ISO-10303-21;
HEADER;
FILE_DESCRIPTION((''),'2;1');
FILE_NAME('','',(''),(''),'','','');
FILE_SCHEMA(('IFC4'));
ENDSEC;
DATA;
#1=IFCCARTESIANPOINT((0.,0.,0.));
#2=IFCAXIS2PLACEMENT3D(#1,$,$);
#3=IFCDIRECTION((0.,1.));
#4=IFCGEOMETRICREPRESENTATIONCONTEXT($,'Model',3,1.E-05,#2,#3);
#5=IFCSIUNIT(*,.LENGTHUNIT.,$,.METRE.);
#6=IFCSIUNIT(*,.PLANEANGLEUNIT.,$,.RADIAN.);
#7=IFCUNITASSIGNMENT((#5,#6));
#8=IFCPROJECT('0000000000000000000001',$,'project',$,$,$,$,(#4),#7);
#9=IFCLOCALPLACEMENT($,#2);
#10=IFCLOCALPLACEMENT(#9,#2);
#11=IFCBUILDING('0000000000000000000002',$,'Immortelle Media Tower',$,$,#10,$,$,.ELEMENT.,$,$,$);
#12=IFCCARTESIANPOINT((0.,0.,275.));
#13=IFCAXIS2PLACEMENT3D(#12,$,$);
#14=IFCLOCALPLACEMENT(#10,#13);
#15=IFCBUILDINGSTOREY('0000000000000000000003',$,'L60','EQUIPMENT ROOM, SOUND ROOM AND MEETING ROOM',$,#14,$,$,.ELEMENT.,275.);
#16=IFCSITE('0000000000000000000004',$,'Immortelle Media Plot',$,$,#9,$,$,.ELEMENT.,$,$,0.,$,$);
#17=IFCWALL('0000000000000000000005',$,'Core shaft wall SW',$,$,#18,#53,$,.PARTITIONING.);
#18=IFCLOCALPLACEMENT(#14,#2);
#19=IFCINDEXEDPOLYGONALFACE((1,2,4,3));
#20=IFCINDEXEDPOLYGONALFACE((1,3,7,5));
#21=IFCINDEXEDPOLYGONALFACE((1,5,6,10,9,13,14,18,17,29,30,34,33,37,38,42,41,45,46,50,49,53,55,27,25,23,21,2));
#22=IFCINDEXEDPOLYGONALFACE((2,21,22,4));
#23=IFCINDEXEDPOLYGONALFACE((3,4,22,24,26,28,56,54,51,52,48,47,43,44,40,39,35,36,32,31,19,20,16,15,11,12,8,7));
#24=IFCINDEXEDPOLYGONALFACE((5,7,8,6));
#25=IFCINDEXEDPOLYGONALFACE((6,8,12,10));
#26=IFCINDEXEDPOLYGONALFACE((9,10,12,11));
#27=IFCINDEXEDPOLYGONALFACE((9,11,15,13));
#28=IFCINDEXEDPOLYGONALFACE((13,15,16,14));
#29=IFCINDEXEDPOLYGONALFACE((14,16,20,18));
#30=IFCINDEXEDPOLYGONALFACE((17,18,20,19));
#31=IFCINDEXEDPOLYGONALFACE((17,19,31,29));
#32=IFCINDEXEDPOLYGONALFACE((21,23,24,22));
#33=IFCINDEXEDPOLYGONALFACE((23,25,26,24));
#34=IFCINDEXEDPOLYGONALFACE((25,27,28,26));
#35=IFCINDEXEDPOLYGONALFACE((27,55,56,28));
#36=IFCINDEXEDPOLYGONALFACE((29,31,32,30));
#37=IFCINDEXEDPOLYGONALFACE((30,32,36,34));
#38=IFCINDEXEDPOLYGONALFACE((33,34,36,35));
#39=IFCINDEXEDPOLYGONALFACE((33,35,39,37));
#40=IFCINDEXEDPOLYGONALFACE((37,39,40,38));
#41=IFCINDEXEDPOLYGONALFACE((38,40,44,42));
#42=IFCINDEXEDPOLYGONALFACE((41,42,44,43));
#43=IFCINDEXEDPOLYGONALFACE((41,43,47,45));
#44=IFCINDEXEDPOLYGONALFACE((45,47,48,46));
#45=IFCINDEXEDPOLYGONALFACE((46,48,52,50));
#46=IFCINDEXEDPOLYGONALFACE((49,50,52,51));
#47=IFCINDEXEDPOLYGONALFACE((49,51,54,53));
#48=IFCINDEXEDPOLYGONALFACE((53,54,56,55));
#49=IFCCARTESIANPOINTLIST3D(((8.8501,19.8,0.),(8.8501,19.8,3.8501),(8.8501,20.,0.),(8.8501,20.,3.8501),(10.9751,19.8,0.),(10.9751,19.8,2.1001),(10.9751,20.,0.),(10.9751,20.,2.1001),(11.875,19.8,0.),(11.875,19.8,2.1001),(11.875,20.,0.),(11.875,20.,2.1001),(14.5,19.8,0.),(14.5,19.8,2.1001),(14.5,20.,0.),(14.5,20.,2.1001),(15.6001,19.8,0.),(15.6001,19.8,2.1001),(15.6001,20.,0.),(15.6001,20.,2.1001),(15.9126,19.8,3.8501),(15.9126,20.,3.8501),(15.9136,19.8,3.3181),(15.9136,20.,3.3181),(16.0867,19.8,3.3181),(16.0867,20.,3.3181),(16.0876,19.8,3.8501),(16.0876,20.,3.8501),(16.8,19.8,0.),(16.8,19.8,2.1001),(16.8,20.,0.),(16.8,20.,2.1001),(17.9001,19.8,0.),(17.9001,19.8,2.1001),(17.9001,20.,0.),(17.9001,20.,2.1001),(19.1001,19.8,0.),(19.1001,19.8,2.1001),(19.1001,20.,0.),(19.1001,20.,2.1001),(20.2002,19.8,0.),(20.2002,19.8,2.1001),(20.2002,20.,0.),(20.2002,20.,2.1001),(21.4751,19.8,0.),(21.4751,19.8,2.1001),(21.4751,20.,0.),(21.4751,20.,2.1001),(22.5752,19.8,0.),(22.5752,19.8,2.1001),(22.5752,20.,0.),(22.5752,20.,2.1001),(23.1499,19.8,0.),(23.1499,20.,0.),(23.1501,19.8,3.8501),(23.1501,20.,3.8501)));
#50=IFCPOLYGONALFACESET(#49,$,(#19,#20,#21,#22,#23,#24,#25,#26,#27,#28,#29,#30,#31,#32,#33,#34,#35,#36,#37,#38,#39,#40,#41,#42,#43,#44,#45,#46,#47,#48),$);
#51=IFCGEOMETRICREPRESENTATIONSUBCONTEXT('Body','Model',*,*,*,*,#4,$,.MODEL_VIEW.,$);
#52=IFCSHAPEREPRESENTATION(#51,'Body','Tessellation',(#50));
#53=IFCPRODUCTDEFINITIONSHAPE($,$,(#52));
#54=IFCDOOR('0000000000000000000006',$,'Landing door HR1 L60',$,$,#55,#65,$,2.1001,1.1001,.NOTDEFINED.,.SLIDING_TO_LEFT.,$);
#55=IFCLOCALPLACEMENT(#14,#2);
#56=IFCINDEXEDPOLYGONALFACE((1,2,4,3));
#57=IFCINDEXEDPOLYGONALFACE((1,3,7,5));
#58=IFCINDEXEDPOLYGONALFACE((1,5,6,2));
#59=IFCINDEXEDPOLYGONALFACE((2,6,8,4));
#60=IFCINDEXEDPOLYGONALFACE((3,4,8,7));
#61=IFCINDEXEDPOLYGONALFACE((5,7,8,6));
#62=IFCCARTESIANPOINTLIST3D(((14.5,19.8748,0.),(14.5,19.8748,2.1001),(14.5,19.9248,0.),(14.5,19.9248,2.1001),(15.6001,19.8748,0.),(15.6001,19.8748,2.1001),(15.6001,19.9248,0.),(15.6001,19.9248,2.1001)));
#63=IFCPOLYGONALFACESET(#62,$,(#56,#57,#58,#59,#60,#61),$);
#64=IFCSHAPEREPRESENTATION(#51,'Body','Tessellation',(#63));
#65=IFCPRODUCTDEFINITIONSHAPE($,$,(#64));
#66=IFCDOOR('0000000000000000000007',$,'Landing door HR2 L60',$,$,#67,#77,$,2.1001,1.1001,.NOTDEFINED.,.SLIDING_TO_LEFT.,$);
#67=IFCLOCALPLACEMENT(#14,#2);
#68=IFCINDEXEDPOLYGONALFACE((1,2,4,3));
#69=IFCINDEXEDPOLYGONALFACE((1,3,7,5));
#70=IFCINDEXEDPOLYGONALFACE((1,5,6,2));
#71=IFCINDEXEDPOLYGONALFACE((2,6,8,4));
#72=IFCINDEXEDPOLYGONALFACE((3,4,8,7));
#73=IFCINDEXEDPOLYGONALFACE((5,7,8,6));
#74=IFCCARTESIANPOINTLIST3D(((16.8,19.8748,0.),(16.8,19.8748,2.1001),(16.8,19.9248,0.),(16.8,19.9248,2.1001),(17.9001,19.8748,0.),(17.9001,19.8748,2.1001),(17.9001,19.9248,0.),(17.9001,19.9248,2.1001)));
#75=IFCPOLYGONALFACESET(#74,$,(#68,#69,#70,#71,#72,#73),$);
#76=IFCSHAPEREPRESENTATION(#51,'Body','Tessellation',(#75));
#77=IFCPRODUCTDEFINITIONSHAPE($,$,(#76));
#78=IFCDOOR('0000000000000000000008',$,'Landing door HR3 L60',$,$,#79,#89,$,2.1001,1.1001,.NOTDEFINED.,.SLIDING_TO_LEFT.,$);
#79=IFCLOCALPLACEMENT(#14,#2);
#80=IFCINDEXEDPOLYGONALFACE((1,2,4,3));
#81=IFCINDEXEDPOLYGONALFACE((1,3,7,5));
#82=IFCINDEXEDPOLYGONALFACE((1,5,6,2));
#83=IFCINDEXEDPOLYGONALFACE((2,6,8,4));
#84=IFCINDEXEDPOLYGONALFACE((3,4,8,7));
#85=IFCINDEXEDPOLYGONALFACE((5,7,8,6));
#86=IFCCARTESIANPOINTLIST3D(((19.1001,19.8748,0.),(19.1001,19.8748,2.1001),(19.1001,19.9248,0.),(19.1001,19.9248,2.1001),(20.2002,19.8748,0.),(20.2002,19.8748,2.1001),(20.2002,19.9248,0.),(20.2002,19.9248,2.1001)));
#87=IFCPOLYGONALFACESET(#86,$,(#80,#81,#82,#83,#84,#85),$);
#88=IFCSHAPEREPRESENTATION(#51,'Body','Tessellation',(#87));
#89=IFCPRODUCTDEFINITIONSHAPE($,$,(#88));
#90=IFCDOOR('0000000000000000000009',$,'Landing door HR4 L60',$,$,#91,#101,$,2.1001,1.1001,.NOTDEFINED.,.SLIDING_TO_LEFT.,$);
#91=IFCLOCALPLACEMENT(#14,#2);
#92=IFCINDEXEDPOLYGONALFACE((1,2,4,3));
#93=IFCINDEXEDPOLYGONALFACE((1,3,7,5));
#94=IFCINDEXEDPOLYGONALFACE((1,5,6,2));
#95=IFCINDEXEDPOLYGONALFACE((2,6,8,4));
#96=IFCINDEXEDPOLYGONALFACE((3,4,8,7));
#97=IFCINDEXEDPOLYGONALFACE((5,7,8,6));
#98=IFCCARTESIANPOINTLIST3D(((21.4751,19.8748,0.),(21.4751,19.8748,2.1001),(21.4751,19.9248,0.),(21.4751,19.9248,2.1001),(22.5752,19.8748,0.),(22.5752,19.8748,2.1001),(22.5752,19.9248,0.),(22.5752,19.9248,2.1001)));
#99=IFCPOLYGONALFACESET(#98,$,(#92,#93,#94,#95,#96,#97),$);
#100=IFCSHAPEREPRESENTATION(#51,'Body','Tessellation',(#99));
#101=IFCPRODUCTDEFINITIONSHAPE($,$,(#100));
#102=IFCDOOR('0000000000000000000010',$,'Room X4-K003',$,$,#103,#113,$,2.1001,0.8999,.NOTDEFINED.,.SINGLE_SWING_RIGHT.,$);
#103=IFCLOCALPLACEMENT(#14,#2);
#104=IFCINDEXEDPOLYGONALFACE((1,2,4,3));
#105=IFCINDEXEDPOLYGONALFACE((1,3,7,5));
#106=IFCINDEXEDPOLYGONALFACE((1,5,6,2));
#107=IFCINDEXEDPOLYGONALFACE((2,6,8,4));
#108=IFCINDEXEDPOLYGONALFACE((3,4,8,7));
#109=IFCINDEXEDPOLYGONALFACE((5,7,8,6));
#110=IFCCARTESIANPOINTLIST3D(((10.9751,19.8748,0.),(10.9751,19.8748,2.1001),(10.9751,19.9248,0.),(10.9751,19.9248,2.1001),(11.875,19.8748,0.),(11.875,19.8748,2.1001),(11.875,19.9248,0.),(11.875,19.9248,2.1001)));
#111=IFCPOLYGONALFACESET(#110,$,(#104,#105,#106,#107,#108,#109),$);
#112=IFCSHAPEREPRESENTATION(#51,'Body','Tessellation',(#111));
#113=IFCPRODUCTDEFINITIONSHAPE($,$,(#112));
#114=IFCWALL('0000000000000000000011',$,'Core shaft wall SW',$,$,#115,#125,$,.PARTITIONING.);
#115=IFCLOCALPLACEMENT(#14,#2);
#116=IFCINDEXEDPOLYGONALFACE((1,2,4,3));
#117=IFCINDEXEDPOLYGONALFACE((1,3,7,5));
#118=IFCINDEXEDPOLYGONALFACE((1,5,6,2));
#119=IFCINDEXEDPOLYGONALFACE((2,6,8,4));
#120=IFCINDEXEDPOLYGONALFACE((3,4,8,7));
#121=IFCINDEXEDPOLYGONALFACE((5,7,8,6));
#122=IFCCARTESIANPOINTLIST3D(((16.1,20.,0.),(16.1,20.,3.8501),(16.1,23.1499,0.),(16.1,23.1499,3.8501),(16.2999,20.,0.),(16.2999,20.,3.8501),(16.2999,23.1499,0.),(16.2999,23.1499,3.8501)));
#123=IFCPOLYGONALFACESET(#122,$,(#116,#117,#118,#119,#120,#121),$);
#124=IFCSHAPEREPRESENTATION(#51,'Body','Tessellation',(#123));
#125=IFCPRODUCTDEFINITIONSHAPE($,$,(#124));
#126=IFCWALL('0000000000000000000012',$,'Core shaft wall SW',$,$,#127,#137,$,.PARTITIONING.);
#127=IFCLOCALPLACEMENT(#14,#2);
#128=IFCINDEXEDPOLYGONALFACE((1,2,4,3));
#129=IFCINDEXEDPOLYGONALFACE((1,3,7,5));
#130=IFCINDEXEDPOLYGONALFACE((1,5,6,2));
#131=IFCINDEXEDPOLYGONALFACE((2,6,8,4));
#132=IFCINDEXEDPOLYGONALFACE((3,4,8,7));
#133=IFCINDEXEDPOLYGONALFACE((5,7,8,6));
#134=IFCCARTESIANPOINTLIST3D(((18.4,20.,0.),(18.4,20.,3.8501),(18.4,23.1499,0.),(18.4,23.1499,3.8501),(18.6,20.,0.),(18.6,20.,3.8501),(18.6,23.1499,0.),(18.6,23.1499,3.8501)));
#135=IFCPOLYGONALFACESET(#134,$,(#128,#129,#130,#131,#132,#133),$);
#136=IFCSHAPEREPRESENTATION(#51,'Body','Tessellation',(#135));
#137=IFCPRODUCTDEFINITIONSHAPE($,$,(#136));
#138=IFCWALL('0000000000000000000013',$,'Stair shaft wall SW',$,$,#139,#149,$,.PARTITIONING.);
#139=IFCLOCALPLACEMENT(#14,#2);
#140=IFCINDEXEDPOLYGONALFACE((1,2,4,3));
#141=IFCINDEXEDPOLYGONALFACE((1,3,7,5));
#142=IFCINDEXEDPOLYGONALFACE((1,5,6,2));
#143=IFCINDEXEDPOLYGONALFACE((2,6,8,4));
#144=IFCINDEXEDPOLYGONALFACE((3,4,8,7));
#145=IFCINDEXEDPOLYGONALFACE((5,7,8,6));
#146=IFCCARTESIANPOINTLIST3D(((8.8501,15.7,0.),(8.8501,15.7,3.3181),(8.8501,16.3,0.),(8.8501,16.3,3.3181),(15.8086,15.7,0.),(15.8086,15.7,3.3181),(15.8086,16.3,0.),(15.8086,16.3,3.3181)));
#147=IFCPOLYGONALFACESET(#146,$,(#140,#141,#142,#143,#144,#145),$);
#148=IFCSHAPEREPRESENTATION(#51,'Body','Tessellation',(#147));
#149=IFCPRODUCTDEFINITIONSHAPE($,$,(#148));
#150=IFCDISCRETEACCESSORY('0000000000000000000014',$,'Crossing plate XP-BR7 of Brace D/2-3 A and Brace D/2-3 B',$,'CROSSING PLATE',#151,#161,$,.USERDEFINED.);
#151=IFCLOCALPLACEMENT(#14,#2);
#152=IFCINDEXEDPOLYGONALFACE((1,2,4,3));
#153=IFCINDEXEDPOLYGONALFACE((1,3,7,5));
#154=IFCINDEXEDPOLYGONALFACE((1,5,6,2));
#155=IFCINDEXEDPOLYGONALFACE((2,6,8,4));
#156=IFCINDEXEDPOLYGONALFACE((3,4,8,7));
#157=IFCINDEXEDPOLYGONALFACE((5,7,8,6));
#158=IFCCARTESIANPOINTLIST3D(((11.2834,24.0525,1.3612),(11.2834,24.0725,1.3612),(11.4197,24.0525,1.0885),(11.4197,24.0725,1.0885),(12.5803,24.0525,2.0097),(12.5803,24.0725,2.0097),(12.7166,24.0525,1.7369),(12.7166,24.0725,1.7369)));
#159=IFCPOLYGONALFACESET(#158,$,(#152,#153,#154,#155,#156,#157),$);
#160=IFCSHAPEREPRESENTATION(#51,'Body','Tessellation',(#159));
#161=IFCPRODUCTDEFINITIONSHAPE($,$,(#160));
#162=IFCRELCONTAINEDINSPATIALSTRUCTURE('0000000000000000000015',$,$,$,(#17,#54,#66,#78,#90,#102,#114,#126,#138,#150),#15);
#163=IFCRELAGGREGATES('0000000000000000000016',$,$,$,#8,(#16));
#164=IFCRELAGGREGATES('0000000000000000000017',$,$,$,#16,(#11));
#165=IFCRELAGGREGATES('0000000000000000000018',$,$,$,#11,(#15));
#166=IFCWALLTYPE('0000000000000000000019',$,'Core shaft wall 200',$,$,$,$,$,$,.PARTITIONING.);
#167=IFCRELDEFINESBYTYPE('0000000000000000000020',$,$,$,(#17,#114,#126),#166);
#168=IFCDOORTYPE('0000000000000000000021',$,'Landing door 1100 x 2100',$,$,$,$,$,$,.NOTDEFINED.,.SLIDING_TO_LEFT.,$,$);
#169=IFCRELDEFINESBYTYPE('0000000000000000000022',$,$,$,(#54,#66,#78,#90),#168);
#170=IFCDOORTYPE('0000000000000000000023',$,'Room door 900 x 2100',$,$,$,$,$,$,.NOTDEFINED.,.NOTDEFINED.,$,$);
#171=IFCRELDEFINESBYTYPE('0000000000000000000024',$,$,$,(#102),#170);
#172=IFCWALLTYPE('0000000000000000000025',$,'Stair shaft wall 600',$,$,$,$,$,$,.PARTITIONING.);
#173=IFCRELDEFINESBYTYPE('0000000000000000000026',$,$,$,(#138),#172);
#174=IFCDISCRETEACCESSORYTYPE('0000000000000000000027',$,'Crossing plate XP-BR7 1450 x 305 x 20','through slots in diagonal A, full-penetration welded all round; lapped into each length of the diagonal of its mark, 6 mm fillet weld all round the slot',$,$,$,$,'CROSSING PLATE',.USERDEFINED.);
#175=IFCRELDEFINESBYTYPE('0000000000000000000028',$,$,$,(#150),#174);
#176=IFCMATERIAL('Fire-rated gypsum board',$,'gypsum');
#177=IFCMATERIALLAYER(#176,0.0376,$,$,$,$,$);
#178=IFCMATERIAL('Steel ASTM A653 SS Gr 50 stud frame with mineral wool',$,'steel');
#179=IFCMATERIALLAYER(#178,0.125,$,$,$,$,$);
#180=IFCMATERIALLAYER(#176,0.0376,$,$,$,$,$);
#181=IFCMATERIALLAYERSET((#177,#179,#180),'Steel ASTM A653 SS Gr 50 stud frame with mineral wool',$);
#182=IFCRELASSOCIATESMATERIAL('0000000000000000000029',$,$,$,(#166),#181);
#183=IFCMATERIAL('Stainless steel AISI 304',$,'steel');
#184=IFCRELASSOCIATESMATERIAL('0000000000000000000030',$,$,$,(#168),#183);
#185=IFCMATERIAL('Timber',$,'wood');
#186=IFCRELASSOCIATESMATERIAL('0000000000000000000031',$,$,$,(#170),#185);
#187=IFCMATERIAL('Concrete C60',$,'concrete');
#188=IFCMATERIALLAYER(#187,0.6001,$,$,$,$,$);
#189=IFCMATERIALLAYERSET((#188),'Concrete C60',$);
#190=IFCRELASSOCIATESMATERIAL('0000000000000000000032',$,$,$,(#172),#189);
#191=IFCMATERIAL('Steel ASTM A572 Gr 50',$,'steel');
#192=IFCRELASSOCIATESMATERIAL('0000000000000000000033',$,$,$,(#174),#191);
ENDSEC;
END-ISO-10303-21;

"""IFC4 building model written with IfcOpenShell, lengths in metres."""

from ifc_helpers import new_model, si_unit, direction, frame, frame_2d, origin, origin_2d, place, context, subcontext, project, spatial, polyline, rectangle, outline, extrude, material, layer, layer_set, material_profile, profile_set, type_object, element, fill, save


model = new_model("IFC4")

# Units and contexts
model_context = context("Model", 3, precision=1e-05, world=origin(), true_north=direction((0.0, 1.0)))
body_context = subcontext(model_context, "Body", "Model", "MODEL_VIEW")
ifc_project = project(units=[si_unit("LENGTHUNIT", "METRE"), si_unit("PLANEANGLEUNIT", "RADIAN")], contexts=[model_context])

# Site, building, storey
site_placement = place(None, origin())
site = spatial("IfcSite", under=ifc_project, at=site_placement, Name="Immortelle Media Plot", CompositionType="ELEMENT", RefElevation=0.0)
building_placement = place(site_placement, origin())
building = spatial("IfcBuilding", under=site, at=building_placement, Name="Immortelle Media Tower", CompositionType="ELEMENT")
storey_placement = place(building_placement, frame((0.0, 0.0, 275.0)))
storey = spatial("IfcBuildingStorey", under=building, at=storey_placement, Name="L60", Description="EQUIPMENT ROOM, SOUND ROOM AND MEETING ROOM", CompositionType="ELEMENT", Elevation=275.0)

# Shared definitions
ifc_material_1 = material(Name="Timber", Category="wood")

# Shared definitions
ifc_material_2 = material(Name="Fire-rated gypsum board", Category="gypsum")
ifc_material_3 = material(Name="Steel ASTM A653 SS Gr 50 stud frame with mineral wool", Category="steel")

# Wall, openings, doors
ifc_layer_1 = layer(ifc_material_2, 0.0376)
ifc_layer_2 = layer(ifc_material_3, 0.125)
ifc_layer_3 = layer(ifc_material_2, 0.0376)
ifc_layer_set_1 = layer_set([ifc_layer_1, ifc_layer_2, ifc_layer_3], Name="Steel ASTM A653 SS Gr 50 stud frame with mineral wool")
wall_type_1 = type_object("IfcWallType", Name="Core shaft wall 200", PredefinedType="PARTITIONING", material=ifc_layer_set_1)
wall_1_placement = place(storey_placement, frame((8.8501, 19.8999, 0.0), z_axis=(0.0, 0.0, 1.0), x_axis=(1.0, 0.0, 0.0)))
wall_1 = element("IfcWall", 1, at=wall_1_placement, inside=storey, type_object=wall_type_1, Name="Core shaft wall SW", PredefinedType="PARTITIONING", context=body_context, shape_type="SweptSolid", body=[
    extrude(outline(polyline([(0.0, 0.0), (14.2998, 0.0), (14.3, 3.8501), (7.2375, 3.8501), (7.2366, 3.3181), (7.0635, 3.3181), (7.0625, 3.8501), (0.0, 3.8501), (0.0, 0.0)])), frame((0.0, 0.1001, 0.0), z_axis=(0.0, -1.0, 0.0), x_axis=(1.0, 0.0, 0.0)), (0.0, 0.0, 1.0), 0.2),
])
opening_1_placement = place(wall_1_placement, frame((2.125, 0.0, 0.0)))
opening_1 = element("IfcOpeningElement", 2, at=opening_1_placement, cuts=wall_1, PredefinedType="OPENING", context=body_context, shape_type="SweptSolid", body=[
    extrude(rectangle(XDim=0.8999, YDim=2.1001, at=frame_2d((0.45, 1.05))), frame((0.0, 0.1099, 0.0), z_axis=(0.0, -1.0, 0.0), x_axis=(1.0, 0.0, 0.0)), (0.0, 0.0, 1.0), 0.22),
])
opening_2_placement = place(wall_1_placement, frame((5.6499, 0.0, 0.0)))
opening_2 = element("IfcOpeningElement", 3, at=opening_2_placement, cuts=wall_1, PredefinedType="OPENING", context=body_context, shape_type="SweptSolid", body=[
    extrude(rectangle(XDim=1.1001, YDim=2.1001, at=frame_2d((0.55, 1.05))), frame((0.0, 0.1099, 0.0), z_axis=(0.0, -1.0, 0.0), x_axis=(1.0, 0.0, 0.0)), (0.0, 0.0, 1.0), 0.22),
])
opening_3_placement = place(wall_1_placement, frame((7.95, 0.0, 0.0)))
opening_3 = element("IfcOpeningElement", 4, at=opening_3_placement, cuts=wall_1, PredefinedType="OPENING", context=body_context, shape_type="SweptSolid", body=[
    extrude(rectangle(XDim=1.1001, YDim=2.1001, at=frame_2d((0.55, 1.05))), frame((0.0, 0.1099, 0.0), z_axis=(0.0, -1.0, 0.0), x_axis=(1.0, 0.0, 0.0)), (0.0, 0.0, 1.0), 0.22),
])
opening_4_placement = place(wall_1_placement, frame((10.25, 0.0, 0.0)))
opening_4 = element("IfcOpeningElement", 5, at=opening_4_placement, cuts=wall_1, PredefinedType="OPENING", context=body_context, shape_type="SweptSolid", body=[
    extrude(rectangle(XDim=1.1001, YDim=2.1001, at=frame_2d((0.55, 1.05))), frame((0.0, 0.1099, 0.0), z_axis=(0.0, -1.0, 0.0), x_axis=(1.0, 0.0, 0.0)), (0.0, 0.0, 1.0), 0.22),
])
opening_5_placement = place(wall_1_placement, frame((12.625, 0.0, 0.0)))
opening_5 = element("IfcOpeningElement", 6, at=opening_5_placement, cuts=wall_1, PredefinedType="OPENING", context=body_context, shape_type="SweptSolid", body=[
    extrude(rectangle(XDim=1.1001, YDim=2.1001, at=frame_2d((0.55, 1.05))), frame((0.0, 0.1099, 0.0), z_axis=(0.0, -1.0, 0.0), x_axis=(1.0, 0.0, 0.0)), (0.0, 0.0, 1.0), 0.22),
])
ifc_material_4 = material(Name="Stainless steel AISI 304", Category="steel")
door_type_1 = type_object("IfcDoorType", Name="Landing door 1100 x 2100", OperationType="SLIDING_TO_LEFT", PredefinedType="NOTDEFINED", material=ifc_material_4)
door_1_placement = place(opening_2_placement, origin())
door_1 = element("IfcDoor", 7, at=door_1_placement, inside=storey, type_object=door_type_1, Name="Landing door HR1 L60", OperationType="SLIDING_TO_LEFT", OverallHeight=2.1001, OverallWidth=1.1001, PredefinedType="NOTDEFINED", context=body_context, shape_type="SweptSolid", body=[
    extrude(rectangle(XDim=1.1001, YDim=2.1001, at=frame_2d((0.55, 1.05))), frame((0.0, 0.0249, 0.0), z_axis=(0.0, -1.0, 0.0), x_axis=(1.0, 0.0, 0.0)), (0.0, 0.0, 1.0), 0.05),
])
fill(opening_2, door_1)
door_2_placement = place(opening_3_placement, origin())
door_2 = element("IfcDoor", 8, at=door_2_placement, inside=storey, type_object=door_type_1, Name="Landing door HR2 L60", OperationType="SLIDING_TO_LEFT", OverallHeight=2.1001, OverallWidth=1.1001, PredefinedType="NOTDEFINED", context=body_context, shape_type="SweptSolid", body=[
    extrude(rectangle(XDim=1.1001, YDim=2.1001, at=frame_2d((0.55, 1.05))), frame((0.0, 0.0249, 0.0), z_axis=(0.0, -1.0, 0.0), x_axis=(1.0, 0.0, 0.0)), (0.0, 0.0, 1.0), 0.05),
])
fill(opening_3, door_2)
door_3_placement = place(opening_4_placement, origin())
door_3 = element("IfcDoor", 9, at=door_3_placement, inside=storey, type_object=door_type_1, Name="Landing door HR3 L60", OperationType="SLIDING_TO_LEFT", OverallHeight=2.1001, OverallWidth=1.1001, PredefinedType="NOTDEFINED", context=body_context, shape_type="SweptSolid", body=[
    extrude(rectangle(XDim=1.1001, YDim=2.1001, at=frame_2d((0.55, 1.05))), frame((0.0, 0.0249, 0.0), z_axis=(0.0, -1.0, 0.0), x_axis=(1.0, 0.0, 0.0)), (0.0, 0.0, 1.0), 0.05),
])
fill(opening_4, door_3)
door_4_placement = place(opening_5_placement, origin())
door_4 = element("IfcDoor", 10, at=door_4_placement, inside=storey, type_object=door_type_1, Name="Landing door HR4 L60", OperationType="SLIDING_TO_LEFT", OverallHeight=2.1001, OverallWidth=1.1001, PredefinedType="NOTDEFINED", context=body_context, shape_type="SweptSolid", body=[
    extrude(rectangle(XDim=1.1001, YDim=2.1001, at=frame_2d((0.55, 1.05))), frame((0.0, 0.0249, 0.0), z_axis=(0.0, -1.0, 0.0), x_axis=(1.0, 0.0, 0.0)), (0.0, 0.0, 1.0), 0.05),
])
fill(opening_5, door_4)
door_type_2 = type_object("IfcDoorType", Name="Room door 900 x 2100", OperationType="NOTDEFINED", PredefinedType="NOTDEFINED", material=ifc_material_1)
door_5_placement = place(opening_1_placement, origin())
door_5 = element("IfcDoor", 11, at=door_5_placement, inside=storey, type_object=door_type_2, Name="Room X4-K003", OperationType="SINGLE_SWING_RIGHT", OverallHeight=2.1001, OverallWidth=0.8999, PredefinedType="NOTDEFINED", context=body_context, shape_type="SweptSolid", body=[
    extrude(rectangle(XDim=0.8999, YDim=2.1001, at=frame_2d((0.45, 1.05))), frame((0.0, 0.0249, 0.0), z_axis=(0.0, -1.0, 0.0), x_axis=(1.0, 0.0, 0.0)), (0.0, 0.0, 1.0), 0.05),
])
fill(opening_1, door_5)

# Walls
for number, where, z_axis, x_axis, name in (
    (12, (16.2, 20.0, 0.0), (0.0, 0.0, 1.0), (0.0, 1.0, 0.0), "Core shaft wall SW"),
    (13, (18.5, 20.0, 0.0), (0.0, 0.0, 1.0), (0.0, 1.0, 0.0), "Core shaft wall SW"),
):
    element("IfcWall", number, at=place(storey_placement, frame(where, z_axis=z_axis, x_axis=x_axis)), inside=storey, type_object=wall_type_1, Name=name, PredefinedType="PARTITIONING", context=body_context, shape_type="SweptSolid", body=[
        extrude(rectangle(XDim=3.1499, YDim=0.2, at=frame_2d((1.575, 0.0))), origin(), (0.0, 0.0, 1.0), 3.8501),
    ])
ifc_material_5 = material(Name="Concrete C60", Category="concrete")
ifc_layer_4 = layer(ifc_material_5, 0.6001)
ifc_layer_set_2 = layer_set([ifc_layer_4], Name="Concrete C60")
wall_type_2 = type_object("IfcWallType", Name="Stair shaft wall 600", PredefinedType="PARTITIONING", material=ifc_layer_set_2)
wall_2_placement = place(storey_placement, frame((8.8501, 16.0, 0.0), z_axis=(0.0, 0.0, 1.0), x_axis=(1.0, 0.0, 0.0)))
element("IfcWall", 14, at=wall_2_placement, inside=storey, type_object=wall_type_2, Name="Stair shaft wall SW", PredefinedType="PARTITIONING", context=body_context, shape_type="SweptSolid", body=[
    extrude(rectangle(XDim=6.9585, YDim=0.6001, at=frame_2d((3.4792, 0.0))), origin(), (0.0, 0.0, 1.0), 3.3181),
])

# Discrete accessory
ifc_material_6 = material(Name="Steel ASTM A572 Gr 50", Category="steel")
ifc_material_profile_1 = material_profile(ifc_material_6, rectangle(XDim=0.02, YDim=0.3049, at=origin_2d()), Name="PL 20 x 305")
ifc_profile_set_1 = profile_set([ifc_material_profile_1], Name="Steel ASTM A572 Gr 50")
discrete_accessory_type_1 = type_object("IfcDiscreteAccessoryType", Name="Crossing plate XP-BR7 1450 x 305 x 20", Description="through slots in diagonal A, full-penetration welded all round; lapped into each length of the diagonal of its mark, 6 mm fillet weld all round the slot", ElementType="CROSSING PLATE", PredefinedType="USERDEFINED", material=ifc_profile_set_1)
discrete_accessory_placement = place(storey_placement, frame((12.6484, 24.0625, 1.8733), z_axis=(-0.894427, 0.0, -0.447214), x_axis=(0.0, -1.0, 0.0)))
element("IfcDiscreteAccessory", 15, at=discrete_accessory_placement, inside=storey, type_object=discrete_accessory_type_1, Name="Crossing plate XP-BR7 of Brace D/2-3 A and Brace D/2-3 B", ObjectType="CROSSING PLATE", PredefinedType="USERDEFINED", context=body_context, shape_type="SweptSolid", body=[
    extrude(rectangle(XDim=0.02, YDim=0.3049, at=origin_2d()), origin(), (0.0, 0.0, 1.0), 1.45),
])

save(model, "model.ifc")
